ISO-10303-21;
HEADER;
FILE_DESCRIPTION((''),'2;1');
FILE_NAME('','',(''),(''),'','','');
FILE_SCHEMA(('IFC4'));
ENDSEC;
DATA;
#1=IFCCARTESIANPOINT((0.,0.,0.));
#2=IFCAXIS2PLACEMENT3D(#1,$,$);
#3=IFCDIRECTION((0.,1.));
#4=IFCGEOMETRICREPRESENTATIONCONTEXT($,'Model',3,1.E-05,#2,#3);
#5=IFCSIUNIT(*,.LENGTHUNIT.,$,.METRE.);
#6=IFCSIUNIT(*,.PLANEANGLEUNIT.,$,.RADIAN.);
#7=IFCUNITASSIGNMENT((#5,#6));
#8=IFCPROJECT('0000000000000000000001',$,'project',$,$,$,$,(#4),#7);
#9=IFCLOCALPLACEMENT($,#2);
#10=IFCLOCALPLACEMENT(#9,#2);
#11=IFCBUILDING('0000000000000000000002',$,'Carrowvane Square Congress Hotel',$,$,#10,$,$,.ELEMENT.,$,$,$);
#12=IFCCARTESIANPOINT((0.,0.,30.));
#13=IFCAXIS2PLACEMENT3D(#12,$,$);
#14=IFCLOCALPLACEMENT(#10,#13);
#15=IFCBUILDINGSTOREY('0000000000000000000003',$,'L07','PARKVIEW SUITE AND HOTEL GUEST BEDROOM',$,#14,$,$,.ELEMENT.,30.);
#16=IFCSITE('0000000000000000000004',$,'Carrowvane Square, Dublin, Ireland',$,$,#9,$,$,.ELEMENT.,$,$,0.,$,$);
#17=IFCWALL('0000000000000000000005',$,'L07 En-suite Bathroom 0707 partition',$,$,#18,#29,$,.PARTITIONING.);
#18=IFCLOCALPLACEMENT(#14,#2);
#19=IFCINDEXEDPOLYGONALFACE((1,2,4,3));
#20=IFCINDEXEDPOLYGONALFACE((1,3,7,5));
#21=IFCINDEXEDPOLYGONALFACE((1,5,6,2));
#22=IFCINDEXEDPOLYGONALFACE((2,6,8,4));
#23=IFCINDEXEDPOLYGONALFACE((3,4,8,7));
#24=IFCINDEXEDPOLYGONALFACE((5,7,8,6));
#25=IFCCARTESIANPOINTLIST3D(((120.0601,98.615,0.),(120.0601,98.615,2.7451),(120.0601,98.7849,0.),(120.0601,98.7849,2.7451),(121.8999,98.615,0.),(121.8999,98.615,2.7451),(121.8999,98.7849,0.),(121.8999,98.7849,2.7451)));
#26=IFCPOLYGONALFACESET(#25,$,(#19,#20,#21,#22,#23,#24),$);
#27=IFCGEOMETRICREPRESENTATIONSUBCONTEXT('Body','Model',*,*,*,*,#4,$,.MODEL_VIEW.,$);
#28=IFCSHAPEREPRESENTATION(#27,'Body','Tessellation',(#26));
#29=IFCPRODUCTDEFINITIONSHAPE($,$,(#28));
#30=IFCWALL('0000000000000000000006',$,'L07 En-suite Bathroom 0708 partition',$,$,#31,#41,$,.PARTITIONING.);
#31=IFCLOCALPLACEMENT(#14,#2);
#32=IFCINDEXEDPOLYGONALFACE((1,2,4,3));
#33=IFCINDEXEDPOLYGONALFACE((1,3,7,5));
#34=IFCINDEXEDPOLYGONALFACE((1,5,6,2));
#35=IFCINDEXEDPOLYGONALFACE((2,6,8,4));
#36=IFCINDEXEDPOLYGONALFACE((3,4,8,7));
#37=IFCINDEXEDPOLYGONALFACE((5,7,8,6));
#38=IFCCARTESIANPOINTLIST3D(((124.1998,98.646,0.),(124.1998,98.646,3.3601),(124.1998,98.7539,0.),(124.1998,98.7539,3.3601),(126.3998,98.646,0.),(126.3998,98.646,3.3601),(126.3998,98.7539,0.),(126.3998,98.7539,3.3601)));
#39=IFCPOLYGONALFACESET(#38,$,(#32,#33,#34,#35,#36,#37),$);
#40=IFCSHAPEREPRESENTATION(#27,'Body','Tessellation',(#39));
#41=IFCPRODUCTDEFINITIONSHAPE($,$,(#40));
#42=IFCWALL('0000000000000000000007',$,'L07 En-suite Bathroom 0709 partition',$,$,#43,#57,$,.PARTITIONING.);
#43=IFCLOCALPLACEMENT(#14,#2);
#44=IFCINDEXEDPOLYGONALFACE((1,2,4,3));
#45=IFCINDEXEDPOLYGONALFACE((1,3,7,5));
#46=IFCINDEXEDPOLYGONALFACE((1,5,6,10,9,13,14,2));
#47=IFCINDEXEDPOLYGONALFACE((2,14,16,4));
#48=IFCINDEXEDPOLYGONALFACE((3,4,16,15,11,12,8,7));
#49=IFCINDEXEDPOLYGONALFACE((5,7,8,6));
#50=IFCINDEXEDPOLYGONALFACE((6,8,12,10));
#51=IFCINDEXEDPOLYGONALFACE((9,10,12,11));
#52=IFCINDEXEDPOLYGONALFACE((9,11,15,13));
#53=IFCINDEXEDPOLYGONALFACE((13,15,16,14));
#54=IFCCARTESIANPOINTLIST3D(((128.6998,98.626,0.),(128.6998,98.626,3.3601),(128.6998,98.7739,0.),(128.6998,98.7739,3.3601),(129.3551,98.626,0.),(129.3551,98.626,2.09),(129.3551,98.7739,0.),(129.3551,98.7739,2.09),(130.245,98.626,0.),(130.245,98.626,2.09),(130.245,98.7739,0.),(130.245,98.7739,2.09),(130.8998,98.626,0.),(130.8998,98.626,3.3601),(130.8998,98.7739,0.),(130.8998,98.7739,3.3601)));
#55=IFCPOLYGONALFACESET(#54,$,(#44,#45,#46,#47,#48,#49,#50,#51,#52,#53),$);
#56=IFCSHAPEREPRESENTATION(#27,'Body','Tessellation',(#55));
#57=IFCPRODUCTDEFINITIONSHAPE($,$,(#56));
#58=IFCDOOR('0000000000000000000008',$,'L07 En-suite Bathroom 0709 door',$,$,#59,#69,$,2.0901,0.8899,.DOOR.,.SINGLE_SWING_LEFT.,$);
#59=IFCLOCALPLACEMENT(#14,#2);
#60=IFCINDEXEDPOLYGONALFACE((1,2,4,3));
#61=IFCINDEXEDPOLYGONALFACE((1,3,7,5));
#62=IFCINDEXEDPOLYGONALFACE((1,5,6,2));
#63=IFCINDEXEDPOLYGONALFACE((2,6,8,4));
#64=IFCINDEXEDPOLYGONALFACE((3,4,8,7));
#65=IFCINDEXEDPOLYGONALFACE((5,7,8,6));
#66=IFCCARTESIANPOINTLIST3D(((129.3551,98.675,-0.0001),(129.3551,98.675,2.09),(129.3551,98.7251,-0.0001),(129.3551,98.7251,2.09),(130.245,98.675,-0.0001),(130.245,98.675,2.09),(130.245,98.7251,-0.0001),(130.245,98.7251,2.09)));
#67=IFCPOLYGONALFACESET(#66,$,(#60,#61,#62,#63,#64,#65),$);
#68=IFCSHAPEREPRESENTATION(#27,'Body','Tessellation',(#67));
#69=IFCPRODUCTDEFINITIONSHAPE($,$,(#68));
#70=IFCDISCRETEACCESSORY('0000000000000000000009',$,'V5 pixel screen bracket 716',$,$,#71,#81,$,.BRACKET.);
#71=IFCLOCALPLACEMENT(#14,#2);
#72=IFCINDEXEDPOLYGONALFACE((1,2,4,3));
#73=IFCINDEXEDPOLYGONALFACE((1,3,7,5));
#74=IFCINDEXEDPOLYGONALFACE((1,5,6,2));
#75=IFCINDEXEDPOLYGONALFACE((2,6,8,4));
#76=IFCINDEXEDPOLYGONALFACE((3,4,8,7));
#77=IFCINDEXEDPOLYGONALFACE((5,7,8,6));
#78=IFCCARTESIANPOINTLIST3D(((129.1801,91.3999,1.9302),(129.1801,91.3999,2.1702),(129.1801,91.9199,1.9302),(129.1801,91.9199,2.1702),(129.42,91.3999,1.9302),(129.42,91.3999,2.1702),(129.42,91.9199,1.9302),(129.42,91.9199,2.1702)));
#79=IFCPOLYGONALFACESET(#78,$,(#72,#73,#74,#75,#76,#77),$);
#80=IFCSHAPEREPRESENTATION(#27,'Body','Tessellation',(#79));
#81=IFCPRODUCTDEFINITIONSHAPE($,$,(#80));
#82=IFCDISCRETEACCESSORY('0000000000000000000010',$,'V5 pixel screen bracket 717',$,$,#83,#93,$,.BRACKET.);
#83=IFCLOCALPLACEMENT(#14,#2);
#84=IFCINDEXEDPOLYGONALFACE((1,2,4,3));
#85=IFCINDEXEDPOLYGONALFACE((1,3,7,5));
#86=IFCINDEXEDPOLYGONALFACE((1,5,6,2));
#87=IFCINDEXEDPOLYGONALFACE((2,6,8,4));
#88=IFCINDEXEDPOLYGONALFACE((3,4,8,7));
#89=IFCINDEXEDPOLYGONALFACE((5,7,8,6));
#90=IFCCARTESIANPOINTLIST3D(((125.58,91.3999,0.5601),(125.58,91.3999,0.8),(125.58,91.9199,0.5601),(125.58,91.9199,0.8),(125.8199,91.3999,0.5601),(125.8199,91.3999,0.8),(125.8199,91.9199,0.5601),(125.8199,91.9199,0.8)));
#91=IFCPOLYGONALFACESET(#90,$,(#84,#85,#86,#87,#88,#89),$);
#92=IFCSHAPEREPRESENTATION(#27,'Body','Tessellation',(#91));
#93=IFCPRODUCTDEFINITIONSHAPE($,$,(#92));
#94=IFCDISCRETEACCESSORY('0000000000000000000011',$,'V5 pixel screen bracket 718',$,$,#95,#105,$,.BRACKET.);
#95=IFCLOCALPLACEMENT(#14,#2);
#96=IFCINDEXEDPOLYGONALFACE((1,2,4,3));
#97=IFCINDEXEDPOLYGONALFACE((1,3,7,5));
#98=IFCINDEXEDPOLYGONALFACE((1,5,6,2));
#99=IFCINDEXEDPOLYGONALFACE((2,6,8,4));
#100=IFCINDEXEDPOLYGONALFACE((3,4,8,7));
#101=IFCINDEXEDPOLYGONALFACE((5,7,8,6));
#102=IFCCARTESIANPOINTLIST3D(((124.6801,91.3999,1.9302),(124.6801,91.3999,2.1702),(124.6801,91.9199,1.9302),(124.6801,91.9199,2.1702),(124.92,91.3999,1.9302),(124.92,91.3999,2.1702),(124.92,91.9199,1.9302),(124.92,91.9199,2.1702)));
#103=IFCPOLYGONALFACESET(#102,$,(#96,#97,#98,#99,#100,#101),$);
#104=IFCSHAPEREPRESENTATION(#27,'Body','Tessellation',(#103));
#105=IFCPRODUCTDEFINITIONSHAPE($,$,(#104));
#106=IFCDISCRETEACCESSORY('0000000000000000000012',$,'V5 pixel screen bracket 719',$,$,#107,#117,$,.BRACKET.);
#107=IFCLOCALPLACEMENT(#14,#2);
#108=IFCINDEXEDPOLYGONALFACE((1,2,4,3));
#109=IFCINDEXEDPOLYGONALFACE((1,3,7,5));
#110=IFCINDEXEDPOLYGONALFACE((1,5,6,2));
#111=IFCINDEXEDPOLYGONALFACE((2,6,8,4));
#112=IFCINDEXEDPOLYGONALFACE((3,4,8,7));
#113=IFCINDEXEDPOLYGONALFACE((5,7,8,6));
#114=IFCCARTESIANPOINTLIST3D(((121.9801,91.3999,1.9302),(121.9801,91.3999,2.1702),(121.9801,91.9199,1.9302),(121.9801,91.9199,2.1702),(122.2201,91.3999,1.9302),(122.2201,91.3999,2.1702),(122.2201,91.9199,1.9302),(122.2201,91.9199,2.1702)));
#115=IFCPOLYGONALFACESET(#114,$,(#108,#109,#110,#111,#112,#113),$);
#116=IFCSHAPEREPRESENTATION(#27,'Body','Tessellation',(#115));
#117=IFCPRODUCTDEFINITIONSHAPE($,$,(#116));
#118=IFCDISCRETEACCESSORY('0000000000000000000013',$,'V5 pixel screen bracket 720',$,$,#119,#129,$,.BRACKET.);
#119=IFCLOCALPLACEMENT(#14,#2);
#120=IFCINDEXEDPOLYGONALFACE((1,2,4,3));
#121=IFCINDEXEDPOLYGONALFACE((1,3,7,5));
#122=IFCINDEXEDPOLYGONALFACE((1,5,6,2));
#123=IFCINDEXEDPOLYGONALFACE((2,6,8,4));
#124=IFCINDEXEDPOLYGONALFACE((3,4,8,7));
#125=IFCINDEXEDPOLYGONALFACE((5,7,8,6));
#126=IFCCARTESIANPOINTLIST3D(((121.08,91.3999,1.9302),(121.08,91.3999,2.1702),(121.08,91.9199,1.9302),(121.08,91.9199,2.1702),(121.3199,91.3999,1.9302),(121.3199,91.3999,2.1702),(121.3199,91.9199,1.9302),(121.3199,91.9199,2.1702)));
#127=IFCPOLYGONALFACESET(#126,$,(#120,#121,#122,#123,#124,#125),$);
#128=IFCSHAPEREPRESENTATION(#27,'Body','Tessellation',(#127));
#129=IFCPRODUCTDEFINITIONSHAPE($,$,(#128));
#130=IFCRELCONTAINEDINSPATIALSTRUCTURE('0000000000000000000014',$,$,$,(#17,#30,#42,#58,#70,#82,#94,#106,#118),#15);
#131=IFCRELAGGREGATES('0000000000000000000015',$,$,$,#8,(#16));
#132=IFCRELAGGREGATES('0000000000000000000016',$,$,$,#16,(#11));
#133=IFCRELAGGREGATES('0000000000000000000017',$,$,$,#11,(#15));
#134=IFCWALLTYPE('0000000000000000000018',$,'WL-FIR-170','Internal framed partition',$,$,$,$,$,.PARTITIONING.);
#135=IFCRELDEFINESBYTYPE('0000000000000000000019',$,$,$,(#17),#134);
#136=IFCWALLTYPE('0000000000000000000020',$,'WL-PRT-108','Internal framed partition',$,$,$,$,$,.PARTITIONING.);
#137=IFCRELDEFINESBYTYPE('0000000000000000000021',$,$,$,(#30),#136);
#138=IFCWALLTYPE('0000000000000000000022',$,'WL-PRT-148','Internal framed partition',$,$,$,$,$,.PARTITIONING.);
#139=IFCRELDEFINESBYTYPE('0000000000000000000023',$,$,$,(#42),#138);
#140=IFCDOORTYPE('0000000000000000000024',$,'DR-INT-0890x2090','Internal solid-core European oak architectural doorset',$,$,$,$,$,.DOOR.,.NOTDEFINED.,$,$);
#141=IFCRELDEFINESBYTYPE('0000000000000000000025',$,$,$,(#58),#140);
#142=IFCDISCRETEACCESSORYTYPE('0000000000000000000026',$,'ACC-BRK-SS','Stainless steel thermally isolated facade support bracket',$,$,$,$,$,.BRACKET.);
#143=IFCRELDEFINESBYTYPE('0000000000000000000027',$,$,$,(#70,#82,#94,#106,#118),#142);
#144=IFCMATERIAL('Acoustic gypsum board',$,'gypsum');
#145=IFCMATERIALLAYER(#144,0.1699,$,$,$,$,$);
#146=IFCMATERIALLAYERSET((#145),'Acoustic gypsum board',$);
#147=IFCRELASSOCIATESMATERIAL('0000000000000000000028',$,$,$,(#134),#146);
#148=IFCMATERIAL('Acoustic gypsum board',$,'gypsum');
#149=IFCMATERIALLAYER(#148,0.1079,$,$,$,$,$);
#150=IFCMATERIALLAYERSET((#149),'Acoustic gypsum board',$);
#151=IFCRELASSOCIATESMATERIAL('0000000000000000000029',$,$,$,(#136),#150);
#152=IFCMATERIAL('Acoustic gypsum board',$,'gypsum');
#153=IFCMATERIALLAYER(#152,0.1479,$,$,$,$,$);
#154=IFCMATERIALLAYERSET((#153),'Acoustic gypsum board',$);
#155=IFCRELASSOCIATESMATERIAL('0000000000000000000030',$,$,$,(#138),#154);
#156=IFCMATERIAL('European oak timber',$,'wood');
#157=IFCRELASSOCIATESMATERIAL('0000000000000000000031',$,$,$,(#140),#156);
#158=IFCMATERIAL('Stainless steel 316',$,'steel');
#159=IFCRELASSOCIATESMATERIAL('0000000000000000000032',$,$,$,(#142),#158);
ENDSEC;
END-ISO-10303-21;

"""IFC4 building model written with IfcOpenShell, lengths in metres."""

from ifc_helpers import new_model, si_unit, direction, frame, frame_2d, origin, origin_2d, place, context, subcontext, project, spatial, rectangle, extrude, material, layer, layer_set, type_object, element, fill, save


model = new_model("IFC4")

# Units and contexts
model_context = context("Model", 3, precision=1e-05, world=origin(), true_north=direction((0.0, 1.0)))
body_context = subcontext(model_context, "Body", "Model", "MODEL_VIEW")
ifc_project = project(units=[si_unit("LENGTHUNIT", "METRE"), si_unit("PLANEANGLEUNIT", "RADIAN")], contexts=[model_context])

# Site, building, storey
site_placement = place(None, origin())
site = spatial("IfcSite", under=ifc_project, at=site_placement, Name="Carrowvane Square, Dublin, Ireland", CompositionType="ELEMENT", RefElevation=0.0)
building_placement = place(site_placement, origin())
building = spatial("IfcBuilding", under=site, at=building_placement, Name="Carrowvane Square Congress Hotel", CompositionType="ELEMENT")
storey_placement = place(building_placement, frame((0.0, 0.0, 30.0)))
storey = spatial("IfcBuildingStorey", under=building, at=storey_placement, Name="L07", Description="PARKVIEW SUITE AND HOTEL GUEST BEDROOM", CompositionType="ELEMENT", Elevation=30.0)

# Walls
ifc_material_1 = material(Name="Acoustic gypsum board", Category="gypsum")
ifc_layer_1 = layer(ifc_material_1, 0.1699)
ifc_layer_set_1 = layer_set([ifc_layer_1], Name="Acoustic gypsum board")
wall_type_1 = type_object("IfcWallType", Name="WL-FIR-170", Description="Internal framed partition", PredefinedType="PARTITIONING", material=ifc_layer_set_1)
wall_1_placement = place(storey_placement, frame((121.8999, 98.7, 0.0), z_axis=(0.0, 0.0, 1.0), x_axis=(-1.0, 0.0, 0.0)))
element("IfcWall", 1, at=wall_1_placement, inside=storey, type_object=wall_type_1, Name="L07 En-suite Bathroom 0707 partition", PredefinedType="PARTITIONING", context=body_context, shape_type="SweptSolid", body=[
    extrude(rectangle(XDim=1.8398, YDim=0.1699, at=frame_2d((0.9199, 0.0))), origin(), (0.0, 0.0, 1.0), 2.7451),
])
ifc_material_2 = material(Name="Acoustic gypsum board", Category="gypsum")
ifc_layer_2 = layer(ifc_material_2, 0.1079)
ifc_layer_set_2 = layer_set([ifc_layer_2], Name="Acoustic gypsum board")
wall_type_2 = type_object("IfcWallType", Name="WL-PRT-108", Description="Internal framed partition", PredefinedType="PARTITIONING", material=ifc_layer_set_2)
wall_2_placement = place(storey_placement, frame((126.3999, 98.7, 0.0), z_axis=(0.0, 0.0, 1.0), x_axis=(-1.0, 0.0, 0.0)))
element("IfcWall", 2, at=wall_2_placement, inside=storey, type_object=wall_type_2, Name="L07 En-suite Bathroom 0708 partition", PredefinedType="PARTITIONING", context=body_context, shape_type="SweptSolid", body=[
    extrude(rectangle(XDim=2.2, YDim=0.1079, at=frame_2d((1.1001, 0.0))), origin(), (0.0, 0.0, 1.0), 3.3601),
])

# Wall, opening, door
ifc_material_3 = material(Name="Acoustic gypsum board", Category="gypsum")
ifc_layer_3 = layer(ifc_material_3, 0.1479)
ifc_layer_set_3 = layer_set([ifc_layer_3], Name="Acoustic gypsum board")
wall_type_3 = type_object("IfcWallType", Name="WL-PRT-148", Description="Internal framed partition", PredefinedType="PARTITIONING", material=ifc_layer_set_3)
wall_3_placement = place(storey_placement, frame((130.8999, 98.7, 0.0), z_axis=(0.0, 0.0, 1.0), x_axis=(-1.0, 0.0, 0.0)))
wall_3 = element("IfcWall", 3, at=wall_3_placement, inside=storey, type_object=wall_type_3, Name="L07 En-suite Bathroom 0709 partition", PredefinedType="PARTITIONING", context=body_context, shape_type="SweptSolid", body=[
    extrude(rectangle(XDim=2.2, YDim=0.1479, at=frame_2d((1.1001, 0.0))), origin(), (0.0, 0.0, 1.0), 3.3601),
])
opening_1_placement = place(wall_3_placement, frame((0.655, 0.0, 0.0)))
opening_1 = element("IfcOpeningElement", 4, at=opening_1_placement, cuts=wall_3, PredefinedType="OPENING", context=body_context, shape_type="SweptSolid", body=[
    extrude(rectangle(XDim=0.8899, YDim=2.0901, at=frame_2d((0.4448, 1.0449))), frame((0.0, 0.084, 0.0), z_axis=(0.0, -1.0, 0.0), x_axis=(1.0, 0.0, 0.0)), (0.0, 0.0, 1.0), 0.168),
])
ifc_material_4 = material(Name="European oak timber", Category="wood")
door_type = type_object("IfcDoorType", Name="DR-INT-0890x2090", Description="Internal solid-core European oak architectural doorset", OperationType="NOTDEFINED", PredefinedType="DOOR", material=ifc_material_4)
door_placement = place(opening_1_placement, origin())
door = element("IfcDoor", 5, at=door_placement, inside=storey, type_object=door_type, Name="L07 En-suite Bathroom 0709 door", OperationType="SINGLE_SWING_LEFT", OverallHeight=2.0901, OverallWidth=0.8899, PredefinedType="DOOR", context=body_context, shape_type="SweptSolid", body=[
    extrude(rectangle(XDim=0.8899, YDim=2.0901, at=frame_2d((0.4448, 1.0449))), frame((0.0, 0.0249, 0.0), z_axis=(0.0, -1.0, 0.0), x_axis=(1.0, 0.0, 0.0)), (0.0, 0.0, 1.0), 0.05),
])
fill(opening_1, door)

# Discrete accessories
ifc_material_5 = material(Name="Stainless steel 316", Category="steel")
discrete_accessory_type = type_object("IfcDiscreteAccessoryType", Name="ACC-BRK-SS", Description="Stainless steel thermally isolated facade support bracket", PredefinedType="BRACKET", material=ifc_material_5)
for number, where, z_axis, x_axis, name in (
    (6, (129.3, 91.6599, 1.9302), (0.0, 0.0, 1.0), (-1.0, 0.0, 0.0), "V5 pixel screen bracket 716"),
    (7, (125.7, 91.6599, 0.5601), (0.0, 0.0, 1.0), (-1.0, 0.0, 0.0), "V5 pixel screen bracket 717"),
    (8, (124.8, 91.6599, 1.9302), (0.0, 0.0, 1.0), (-1.0, 0.0, 0.0), "V5 pixel screen bracket 718"),
    (9, (122.1001, 91.6599, 1.9302), (0.0, 0.0, 1.0), (-1.0, 0.0, 0.0), "V5 pixel screen bracket 719"),
    (10, (121.2, 91.6599, 1.9302), (0.0, 0.0, 1.0), (-1.0, 0.0, 0.0), "V5 pixel screen bracket 720"),
):
    element("IfcDiscreteAccessory", number, at=place(storey_placement, frame(where, z_axis=z_axis, x_axis=x_axis)), inside=storey, type_object=discrete_accessory_type, Name=name, PredefinedType="BRACKET", context=body_context, shape_type="SweptSolid", body=[
        extrude(rectangle(XDim=0.24, YDim=0.52, at=origin_2d()), origin(), (0.0, 0.0, 1.0), 0.24),
    ])

save(model, "model.ifc")
